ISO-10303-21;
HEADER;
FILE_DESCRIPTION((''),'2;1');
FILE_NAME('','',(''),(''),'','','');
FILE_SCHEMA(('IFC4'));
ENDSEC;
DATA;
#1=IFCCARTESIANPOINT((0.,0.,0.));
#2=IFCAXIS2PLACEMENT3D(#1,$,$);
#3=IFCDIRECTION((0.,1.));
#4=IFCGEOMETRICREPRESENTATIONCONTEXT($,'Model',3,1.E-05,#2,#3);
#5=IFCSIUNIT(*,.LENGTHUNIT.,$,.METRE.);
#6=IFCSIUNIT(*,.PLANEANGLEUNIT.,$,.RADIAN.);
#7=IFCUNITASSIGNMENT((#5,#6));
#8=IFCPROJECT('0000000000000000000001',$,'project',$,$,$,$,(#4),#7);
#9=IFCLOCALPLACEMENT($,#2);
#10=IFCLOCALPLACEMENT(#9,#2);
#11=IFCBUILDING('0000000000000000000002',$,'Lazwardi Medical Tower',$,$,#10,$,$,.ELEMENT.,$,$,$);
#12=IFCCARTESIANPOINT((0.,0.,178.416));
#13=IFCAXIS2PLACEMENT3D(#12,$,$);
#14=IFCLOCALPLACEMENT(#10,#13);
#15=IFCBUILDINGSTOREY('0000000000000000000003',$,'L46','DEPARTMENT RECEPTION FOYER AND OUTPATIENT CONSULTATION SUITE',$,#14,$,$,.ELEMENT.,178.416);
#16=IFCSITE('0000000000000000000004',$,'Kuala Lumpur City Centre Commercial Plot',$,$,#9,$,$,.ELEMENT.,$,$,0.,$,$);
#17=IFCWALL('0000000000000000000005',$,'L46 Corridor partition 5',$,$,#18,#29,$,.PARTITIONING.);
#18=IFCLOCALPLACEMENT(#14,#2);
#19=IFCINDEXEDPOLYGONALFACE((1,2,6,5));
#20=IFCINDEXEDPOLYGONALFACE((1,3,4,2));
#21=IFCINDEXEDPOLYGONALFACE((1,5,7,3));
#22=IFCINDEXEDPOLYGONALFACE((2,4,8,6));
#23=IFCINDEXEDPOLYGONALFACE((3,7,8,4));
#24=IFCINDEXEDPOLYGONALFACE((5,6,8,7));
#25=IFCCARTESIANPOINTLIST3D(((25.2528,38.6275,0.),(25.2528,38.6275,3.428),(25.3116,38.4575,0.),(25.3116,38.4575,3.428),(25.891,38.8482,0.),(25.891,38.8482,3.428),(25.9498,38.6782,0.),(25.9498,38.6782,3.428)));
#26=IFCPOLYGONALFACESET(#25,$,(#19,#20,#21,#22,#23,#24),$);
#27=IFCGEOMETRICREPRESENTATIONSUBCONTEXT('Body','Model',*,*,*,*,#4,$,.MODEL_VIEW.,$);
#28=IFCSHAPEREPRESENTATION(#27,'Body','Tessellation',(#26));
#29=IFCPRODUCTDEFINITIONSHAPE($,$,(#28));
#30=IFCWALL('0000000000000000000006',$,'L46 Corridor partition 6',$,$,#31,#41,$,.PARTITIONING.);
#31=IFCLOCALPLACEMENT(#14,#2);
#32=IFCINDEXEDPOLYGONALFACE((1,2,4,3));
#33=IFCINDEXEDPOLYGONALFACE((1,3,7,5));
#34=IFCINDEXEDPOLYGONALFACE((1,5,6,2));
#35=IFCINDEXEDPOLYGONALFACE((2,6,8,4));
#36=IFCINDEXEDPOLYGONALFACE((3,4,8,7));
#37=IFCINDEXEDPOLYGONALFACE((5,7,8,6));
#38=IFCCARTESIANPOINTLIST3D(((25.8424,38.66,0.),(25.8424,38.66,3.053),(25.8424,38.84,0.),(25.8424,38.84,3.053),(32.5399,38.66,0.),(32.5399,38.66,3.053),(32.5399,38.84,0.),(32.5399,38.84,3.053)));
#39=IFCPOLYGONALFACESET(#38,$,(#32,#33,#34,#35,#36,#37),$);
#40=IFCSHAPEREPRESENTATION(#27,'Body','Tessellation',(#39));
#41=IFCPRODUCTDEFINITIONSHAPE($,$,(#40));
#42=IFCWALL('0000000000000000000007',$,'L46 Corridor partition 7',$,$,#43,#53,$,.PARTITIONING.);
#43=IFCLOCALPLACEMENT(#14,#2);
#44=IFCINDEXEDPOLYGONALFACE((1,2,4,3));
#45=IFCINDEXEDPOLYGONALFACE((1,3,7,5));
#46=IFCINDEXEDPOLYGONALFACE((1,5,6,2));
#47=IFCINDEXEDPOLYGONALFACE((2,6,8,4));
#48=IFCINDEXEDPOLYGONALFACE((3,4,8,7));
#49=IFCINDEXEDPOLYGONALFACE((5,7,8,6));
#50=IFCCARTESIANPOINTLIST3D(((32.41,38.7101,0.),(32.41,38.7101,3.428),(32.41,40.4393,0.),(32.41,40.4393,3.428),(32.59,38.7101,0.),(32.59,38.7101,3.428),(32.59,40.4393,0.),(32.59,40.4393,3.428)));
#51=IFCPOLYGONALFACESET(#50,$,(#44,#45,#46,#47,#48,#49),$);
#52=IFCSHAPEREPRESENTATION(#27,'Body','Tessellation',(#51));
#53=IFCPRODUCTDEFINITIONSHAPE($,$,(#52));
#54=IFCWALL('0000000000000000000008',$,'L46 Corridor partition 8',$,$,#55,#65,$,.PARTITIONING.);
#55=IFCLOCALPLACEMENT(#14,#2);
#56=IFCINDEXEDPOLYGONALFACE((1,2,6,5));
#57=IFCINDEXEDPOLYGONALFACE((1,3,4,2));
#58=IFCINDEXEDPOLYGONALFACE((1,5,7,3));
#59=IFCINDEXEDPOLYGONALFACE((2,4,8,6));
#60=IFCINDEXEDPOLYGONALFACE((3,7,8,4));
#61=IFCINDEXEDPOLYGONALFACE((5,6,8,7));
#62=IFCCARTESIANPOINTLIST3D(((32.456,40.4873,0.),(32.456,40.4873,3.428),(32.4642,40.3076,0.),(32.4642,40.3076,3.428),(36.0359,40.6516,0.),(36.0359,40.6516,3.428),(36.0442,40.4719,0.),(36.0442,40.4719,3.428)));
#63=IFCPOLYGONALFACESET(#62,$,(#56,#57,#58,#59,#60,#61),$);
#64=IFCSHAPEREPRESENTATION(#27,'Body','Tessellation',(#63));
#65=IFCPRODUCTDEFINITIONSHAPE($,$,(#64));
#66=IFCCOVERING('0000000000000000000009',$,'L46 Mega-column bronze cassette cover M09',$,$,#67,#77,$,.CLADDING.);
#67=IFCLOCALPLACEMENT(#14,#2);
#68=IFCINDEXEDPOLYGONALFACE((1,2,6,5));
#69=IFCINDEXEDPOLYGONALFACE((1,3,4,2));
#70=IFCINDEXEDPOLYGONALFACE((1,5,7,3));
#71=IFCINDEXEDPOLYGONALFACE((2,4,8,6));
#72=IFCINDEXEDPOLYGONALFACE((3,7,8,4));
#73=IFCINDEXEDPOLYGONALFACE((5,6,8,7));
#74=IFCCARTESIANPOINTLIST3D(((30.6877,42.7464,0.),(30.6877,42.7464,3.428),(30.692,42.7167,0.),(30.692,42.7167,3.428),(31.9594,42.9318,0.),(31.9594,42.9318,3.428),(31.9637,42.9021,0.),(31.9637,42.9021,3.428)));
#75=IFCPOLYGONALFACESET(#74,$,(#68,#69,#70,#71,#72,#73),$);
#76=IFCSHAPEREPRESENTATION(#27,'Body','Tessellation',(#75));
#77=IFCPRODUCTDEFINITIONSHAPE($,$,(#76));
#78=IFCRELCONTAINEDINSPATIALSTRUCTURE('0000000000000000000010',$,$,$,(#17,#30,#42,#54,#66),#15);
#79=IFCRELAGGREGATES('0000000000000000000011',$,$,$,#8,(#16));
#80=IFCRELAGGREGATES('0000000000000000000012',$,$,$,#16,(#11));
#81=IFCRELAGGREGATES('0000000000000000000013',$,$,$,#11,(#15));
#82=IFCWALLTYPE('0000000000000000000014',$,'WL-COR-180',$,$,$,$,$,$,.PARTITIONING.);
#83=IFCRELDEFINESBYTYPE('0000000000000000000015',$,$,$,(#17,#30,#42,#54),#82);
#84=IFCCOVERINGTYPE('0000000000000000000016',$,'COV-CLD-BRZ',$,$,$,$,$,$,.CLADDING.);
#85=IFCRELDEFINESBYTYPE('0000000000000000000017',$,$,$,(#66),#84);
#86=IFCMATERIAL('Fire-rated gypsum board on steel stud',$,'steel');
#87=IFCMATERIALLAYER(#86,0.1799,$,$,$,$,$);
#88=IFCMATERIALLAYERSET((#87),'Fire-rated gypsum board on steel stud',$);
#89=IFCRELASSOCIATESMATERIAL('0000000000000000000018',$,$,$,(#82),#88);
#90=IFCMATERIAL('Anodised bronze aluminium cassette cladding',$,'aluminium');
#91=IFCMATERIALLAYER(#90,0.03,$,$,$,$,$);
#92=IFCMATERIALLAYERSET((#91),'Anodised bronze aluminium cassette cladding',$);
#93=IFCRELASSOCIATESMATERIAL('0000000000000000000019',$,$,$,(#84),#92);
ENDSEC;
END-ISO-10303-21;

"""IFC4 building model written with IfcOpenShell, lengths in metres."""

from ifc_helpers import new_model, si_unit, direction, frame, frame_2d, origin, origin_2d, place, context, subcontext, project, spatial, rectangle, extrude, material, layer, layer_set, type_object, element, save


model = new_model("IFC4")

# Units and contexts
model_context = context("Model", 3, precision=1e-05, world=origin(), true_north=direction((0.0, 1.0)))
body_context = subcontext(model_context, "Body", "Model", "MODEL_VIEW")
ifc_project = project(units=[si_unit("LENGTHUNIT", "METRE"), si_unit("PLANEANGLEUNIT", "RADIAN")], contexts=[model_context])

# Site, building, storey
site_placement = place(None, origin())
site = spatial("IfcSite", under=ifc_project, at=site_placement, Name="Kuala Lumpur City Centre Commercial Plot", CompositionType="ELEMENT", RefElevation=0.0)
building_placement = place(site_placement, origin())
building = spatial("IfcBuilding", under=site, at=building_placement, Name="Lazwardi Medical Tower", CompositionType="ELEMENT")
storey_placement = place(building_placement, frame((0.0, 0.0, 178.416)))
storey = spatial("IfcBuildingStorey", under=building, at=storey_placement, Name="L46", Description="DEPARTMENT RECEPTION FOYER AND OUTPATIENT CONSULTATION SUITE", CompositionType="ELEMENT", Elevation=178.416)

# Walls
ifc_material_1 = material(Name="Fire-rated gypsum board on steel stud", Category="steel")
ifc_layer_1 = layer(ifc_material_1, 0.1799)
ifc_layer_set_1 = layer_set([ifc_layer_1], Name="Fire-rated gypsum board on steel stud")
wall_type = type_object("IfcWallType", Name="WL-COR-180", PredefinedType="PARTITIONING", material=ifc_layer_set_1)
wall_1_placement = place(storey_placement, frame((25.2822, 38.5425, 0.0), z_axis=(0.0, 0.0, 1.0), x_axis=(0.945081, 0.326837, 0.0)))
element("IfcWall", 1, at=wall_1_placement, inside=storey, type_object=wall_type, Name="L46 Corridor partition 5", PredefinedType="PARTITIONING", context=body_context, shape_type="SweptSolid", body=[
    extrude(rectangle(XDim=0.6753, YDim=0.1799, at=frame_2d((0.3376, 0.0))), origin(), (0.0, 0.0, 1.0), 3.428),
])
wall_2_placement = place(storey_placement, frame((25.8425, 38.75, 0.0), z_axis=(0.0, 0.0, 1.0), x_axis=(1.0, 0.0, 0.0)))
element("IfcWall", 2, at=wall_2_placement, inside=storey, type_object=wall_type, Name="L46 Corridor partition 6", PredefinedType="PARTITIONING", context=body_context, shape_type="SweptSolid", body=[
    extrude(rectangle(XDim=6.6975, YDim=0.1799, at=frame_2d((3.3486, 0.0))), origin(), (0.0, 0.0, 1.0), 3.053),
])
wall_3_placement = place(storey_placement, frame((32.5, 38.71, 0.0), z_axis=(0.0, 0.0, 1.0), x_axis=(0.0, 1.0, 0.0)))
element("IfcWall", 3, at=wall_3_placement, inside=storey, type_object=wall_type, Name="L46 Corridor partition 7", PredefinedType="PARTITIONING", context=body_context, shape_type="SweptSolid", body=[
    extrude(rectangle(XDim=1.7292, YDim=0.1799, at=frame_2d((0.8647, 0.0))), origin(), (0.0, 0.0, 1.0), 3.428),
])
wall_4_placement = place(storey_placement, frame((32.46, 40.3975, 0.0), z_axis=(0.0, 0.0, 1.0), x_axis=(0.998948, 0.045846, 0.0)))
element("IfcWall", 4, at=wall_4_placement, inside=storey, type_object=wall_type, Name="L46 Corridor partition 8", PredefinedType="PARTITIONING", context=body_context, shape_type="SweptSolid", body=[
    extrude(rectangle(XDim=3.5837, YDim=0.1799, at=frame_2d((1.792, 0.0))), origin(), (0.0, 0.0, 1.0), 3.428),
])

# Covering
ifc_material_2 = material(Name="Anodised bronze aluminium cassette cladding", Category="aluminium")
ifc_layer_2 = layer(ifc_material_2, 0.03)
ifc_layer_set_2 = layer_set([ifc_layer_2], Name="Anodised bronze aluminium cassette cladding")
covering_type = type_object("IfcCoveringType", Name="COV-CLD-BRZ", PredefinedType="CLADDING", material=ifc_layer_set_2)
covering_placement = place(storey_placement, frame((31.3257, 42.8242, 0.0), z_axis=(0.0, 0.0, 1.0), x_axis=(-0.989539, -0.144265, 0.0)))
element("IfcCovering", 5, at=covering_placement, inside=storey, type_object=covering_type, Name="L46 Mega-column bronze cassette cover M09", PredefinedType="CLADDING", context=body_context, shape_type="SweptSolid", body=[
    extrude(rectangle(XDim=1.2852, YDim=0.03, at=origin_2d()), origin(), (0.0, 0.0, 1.0), 3.428),
])

save(model, "model.ifc")
